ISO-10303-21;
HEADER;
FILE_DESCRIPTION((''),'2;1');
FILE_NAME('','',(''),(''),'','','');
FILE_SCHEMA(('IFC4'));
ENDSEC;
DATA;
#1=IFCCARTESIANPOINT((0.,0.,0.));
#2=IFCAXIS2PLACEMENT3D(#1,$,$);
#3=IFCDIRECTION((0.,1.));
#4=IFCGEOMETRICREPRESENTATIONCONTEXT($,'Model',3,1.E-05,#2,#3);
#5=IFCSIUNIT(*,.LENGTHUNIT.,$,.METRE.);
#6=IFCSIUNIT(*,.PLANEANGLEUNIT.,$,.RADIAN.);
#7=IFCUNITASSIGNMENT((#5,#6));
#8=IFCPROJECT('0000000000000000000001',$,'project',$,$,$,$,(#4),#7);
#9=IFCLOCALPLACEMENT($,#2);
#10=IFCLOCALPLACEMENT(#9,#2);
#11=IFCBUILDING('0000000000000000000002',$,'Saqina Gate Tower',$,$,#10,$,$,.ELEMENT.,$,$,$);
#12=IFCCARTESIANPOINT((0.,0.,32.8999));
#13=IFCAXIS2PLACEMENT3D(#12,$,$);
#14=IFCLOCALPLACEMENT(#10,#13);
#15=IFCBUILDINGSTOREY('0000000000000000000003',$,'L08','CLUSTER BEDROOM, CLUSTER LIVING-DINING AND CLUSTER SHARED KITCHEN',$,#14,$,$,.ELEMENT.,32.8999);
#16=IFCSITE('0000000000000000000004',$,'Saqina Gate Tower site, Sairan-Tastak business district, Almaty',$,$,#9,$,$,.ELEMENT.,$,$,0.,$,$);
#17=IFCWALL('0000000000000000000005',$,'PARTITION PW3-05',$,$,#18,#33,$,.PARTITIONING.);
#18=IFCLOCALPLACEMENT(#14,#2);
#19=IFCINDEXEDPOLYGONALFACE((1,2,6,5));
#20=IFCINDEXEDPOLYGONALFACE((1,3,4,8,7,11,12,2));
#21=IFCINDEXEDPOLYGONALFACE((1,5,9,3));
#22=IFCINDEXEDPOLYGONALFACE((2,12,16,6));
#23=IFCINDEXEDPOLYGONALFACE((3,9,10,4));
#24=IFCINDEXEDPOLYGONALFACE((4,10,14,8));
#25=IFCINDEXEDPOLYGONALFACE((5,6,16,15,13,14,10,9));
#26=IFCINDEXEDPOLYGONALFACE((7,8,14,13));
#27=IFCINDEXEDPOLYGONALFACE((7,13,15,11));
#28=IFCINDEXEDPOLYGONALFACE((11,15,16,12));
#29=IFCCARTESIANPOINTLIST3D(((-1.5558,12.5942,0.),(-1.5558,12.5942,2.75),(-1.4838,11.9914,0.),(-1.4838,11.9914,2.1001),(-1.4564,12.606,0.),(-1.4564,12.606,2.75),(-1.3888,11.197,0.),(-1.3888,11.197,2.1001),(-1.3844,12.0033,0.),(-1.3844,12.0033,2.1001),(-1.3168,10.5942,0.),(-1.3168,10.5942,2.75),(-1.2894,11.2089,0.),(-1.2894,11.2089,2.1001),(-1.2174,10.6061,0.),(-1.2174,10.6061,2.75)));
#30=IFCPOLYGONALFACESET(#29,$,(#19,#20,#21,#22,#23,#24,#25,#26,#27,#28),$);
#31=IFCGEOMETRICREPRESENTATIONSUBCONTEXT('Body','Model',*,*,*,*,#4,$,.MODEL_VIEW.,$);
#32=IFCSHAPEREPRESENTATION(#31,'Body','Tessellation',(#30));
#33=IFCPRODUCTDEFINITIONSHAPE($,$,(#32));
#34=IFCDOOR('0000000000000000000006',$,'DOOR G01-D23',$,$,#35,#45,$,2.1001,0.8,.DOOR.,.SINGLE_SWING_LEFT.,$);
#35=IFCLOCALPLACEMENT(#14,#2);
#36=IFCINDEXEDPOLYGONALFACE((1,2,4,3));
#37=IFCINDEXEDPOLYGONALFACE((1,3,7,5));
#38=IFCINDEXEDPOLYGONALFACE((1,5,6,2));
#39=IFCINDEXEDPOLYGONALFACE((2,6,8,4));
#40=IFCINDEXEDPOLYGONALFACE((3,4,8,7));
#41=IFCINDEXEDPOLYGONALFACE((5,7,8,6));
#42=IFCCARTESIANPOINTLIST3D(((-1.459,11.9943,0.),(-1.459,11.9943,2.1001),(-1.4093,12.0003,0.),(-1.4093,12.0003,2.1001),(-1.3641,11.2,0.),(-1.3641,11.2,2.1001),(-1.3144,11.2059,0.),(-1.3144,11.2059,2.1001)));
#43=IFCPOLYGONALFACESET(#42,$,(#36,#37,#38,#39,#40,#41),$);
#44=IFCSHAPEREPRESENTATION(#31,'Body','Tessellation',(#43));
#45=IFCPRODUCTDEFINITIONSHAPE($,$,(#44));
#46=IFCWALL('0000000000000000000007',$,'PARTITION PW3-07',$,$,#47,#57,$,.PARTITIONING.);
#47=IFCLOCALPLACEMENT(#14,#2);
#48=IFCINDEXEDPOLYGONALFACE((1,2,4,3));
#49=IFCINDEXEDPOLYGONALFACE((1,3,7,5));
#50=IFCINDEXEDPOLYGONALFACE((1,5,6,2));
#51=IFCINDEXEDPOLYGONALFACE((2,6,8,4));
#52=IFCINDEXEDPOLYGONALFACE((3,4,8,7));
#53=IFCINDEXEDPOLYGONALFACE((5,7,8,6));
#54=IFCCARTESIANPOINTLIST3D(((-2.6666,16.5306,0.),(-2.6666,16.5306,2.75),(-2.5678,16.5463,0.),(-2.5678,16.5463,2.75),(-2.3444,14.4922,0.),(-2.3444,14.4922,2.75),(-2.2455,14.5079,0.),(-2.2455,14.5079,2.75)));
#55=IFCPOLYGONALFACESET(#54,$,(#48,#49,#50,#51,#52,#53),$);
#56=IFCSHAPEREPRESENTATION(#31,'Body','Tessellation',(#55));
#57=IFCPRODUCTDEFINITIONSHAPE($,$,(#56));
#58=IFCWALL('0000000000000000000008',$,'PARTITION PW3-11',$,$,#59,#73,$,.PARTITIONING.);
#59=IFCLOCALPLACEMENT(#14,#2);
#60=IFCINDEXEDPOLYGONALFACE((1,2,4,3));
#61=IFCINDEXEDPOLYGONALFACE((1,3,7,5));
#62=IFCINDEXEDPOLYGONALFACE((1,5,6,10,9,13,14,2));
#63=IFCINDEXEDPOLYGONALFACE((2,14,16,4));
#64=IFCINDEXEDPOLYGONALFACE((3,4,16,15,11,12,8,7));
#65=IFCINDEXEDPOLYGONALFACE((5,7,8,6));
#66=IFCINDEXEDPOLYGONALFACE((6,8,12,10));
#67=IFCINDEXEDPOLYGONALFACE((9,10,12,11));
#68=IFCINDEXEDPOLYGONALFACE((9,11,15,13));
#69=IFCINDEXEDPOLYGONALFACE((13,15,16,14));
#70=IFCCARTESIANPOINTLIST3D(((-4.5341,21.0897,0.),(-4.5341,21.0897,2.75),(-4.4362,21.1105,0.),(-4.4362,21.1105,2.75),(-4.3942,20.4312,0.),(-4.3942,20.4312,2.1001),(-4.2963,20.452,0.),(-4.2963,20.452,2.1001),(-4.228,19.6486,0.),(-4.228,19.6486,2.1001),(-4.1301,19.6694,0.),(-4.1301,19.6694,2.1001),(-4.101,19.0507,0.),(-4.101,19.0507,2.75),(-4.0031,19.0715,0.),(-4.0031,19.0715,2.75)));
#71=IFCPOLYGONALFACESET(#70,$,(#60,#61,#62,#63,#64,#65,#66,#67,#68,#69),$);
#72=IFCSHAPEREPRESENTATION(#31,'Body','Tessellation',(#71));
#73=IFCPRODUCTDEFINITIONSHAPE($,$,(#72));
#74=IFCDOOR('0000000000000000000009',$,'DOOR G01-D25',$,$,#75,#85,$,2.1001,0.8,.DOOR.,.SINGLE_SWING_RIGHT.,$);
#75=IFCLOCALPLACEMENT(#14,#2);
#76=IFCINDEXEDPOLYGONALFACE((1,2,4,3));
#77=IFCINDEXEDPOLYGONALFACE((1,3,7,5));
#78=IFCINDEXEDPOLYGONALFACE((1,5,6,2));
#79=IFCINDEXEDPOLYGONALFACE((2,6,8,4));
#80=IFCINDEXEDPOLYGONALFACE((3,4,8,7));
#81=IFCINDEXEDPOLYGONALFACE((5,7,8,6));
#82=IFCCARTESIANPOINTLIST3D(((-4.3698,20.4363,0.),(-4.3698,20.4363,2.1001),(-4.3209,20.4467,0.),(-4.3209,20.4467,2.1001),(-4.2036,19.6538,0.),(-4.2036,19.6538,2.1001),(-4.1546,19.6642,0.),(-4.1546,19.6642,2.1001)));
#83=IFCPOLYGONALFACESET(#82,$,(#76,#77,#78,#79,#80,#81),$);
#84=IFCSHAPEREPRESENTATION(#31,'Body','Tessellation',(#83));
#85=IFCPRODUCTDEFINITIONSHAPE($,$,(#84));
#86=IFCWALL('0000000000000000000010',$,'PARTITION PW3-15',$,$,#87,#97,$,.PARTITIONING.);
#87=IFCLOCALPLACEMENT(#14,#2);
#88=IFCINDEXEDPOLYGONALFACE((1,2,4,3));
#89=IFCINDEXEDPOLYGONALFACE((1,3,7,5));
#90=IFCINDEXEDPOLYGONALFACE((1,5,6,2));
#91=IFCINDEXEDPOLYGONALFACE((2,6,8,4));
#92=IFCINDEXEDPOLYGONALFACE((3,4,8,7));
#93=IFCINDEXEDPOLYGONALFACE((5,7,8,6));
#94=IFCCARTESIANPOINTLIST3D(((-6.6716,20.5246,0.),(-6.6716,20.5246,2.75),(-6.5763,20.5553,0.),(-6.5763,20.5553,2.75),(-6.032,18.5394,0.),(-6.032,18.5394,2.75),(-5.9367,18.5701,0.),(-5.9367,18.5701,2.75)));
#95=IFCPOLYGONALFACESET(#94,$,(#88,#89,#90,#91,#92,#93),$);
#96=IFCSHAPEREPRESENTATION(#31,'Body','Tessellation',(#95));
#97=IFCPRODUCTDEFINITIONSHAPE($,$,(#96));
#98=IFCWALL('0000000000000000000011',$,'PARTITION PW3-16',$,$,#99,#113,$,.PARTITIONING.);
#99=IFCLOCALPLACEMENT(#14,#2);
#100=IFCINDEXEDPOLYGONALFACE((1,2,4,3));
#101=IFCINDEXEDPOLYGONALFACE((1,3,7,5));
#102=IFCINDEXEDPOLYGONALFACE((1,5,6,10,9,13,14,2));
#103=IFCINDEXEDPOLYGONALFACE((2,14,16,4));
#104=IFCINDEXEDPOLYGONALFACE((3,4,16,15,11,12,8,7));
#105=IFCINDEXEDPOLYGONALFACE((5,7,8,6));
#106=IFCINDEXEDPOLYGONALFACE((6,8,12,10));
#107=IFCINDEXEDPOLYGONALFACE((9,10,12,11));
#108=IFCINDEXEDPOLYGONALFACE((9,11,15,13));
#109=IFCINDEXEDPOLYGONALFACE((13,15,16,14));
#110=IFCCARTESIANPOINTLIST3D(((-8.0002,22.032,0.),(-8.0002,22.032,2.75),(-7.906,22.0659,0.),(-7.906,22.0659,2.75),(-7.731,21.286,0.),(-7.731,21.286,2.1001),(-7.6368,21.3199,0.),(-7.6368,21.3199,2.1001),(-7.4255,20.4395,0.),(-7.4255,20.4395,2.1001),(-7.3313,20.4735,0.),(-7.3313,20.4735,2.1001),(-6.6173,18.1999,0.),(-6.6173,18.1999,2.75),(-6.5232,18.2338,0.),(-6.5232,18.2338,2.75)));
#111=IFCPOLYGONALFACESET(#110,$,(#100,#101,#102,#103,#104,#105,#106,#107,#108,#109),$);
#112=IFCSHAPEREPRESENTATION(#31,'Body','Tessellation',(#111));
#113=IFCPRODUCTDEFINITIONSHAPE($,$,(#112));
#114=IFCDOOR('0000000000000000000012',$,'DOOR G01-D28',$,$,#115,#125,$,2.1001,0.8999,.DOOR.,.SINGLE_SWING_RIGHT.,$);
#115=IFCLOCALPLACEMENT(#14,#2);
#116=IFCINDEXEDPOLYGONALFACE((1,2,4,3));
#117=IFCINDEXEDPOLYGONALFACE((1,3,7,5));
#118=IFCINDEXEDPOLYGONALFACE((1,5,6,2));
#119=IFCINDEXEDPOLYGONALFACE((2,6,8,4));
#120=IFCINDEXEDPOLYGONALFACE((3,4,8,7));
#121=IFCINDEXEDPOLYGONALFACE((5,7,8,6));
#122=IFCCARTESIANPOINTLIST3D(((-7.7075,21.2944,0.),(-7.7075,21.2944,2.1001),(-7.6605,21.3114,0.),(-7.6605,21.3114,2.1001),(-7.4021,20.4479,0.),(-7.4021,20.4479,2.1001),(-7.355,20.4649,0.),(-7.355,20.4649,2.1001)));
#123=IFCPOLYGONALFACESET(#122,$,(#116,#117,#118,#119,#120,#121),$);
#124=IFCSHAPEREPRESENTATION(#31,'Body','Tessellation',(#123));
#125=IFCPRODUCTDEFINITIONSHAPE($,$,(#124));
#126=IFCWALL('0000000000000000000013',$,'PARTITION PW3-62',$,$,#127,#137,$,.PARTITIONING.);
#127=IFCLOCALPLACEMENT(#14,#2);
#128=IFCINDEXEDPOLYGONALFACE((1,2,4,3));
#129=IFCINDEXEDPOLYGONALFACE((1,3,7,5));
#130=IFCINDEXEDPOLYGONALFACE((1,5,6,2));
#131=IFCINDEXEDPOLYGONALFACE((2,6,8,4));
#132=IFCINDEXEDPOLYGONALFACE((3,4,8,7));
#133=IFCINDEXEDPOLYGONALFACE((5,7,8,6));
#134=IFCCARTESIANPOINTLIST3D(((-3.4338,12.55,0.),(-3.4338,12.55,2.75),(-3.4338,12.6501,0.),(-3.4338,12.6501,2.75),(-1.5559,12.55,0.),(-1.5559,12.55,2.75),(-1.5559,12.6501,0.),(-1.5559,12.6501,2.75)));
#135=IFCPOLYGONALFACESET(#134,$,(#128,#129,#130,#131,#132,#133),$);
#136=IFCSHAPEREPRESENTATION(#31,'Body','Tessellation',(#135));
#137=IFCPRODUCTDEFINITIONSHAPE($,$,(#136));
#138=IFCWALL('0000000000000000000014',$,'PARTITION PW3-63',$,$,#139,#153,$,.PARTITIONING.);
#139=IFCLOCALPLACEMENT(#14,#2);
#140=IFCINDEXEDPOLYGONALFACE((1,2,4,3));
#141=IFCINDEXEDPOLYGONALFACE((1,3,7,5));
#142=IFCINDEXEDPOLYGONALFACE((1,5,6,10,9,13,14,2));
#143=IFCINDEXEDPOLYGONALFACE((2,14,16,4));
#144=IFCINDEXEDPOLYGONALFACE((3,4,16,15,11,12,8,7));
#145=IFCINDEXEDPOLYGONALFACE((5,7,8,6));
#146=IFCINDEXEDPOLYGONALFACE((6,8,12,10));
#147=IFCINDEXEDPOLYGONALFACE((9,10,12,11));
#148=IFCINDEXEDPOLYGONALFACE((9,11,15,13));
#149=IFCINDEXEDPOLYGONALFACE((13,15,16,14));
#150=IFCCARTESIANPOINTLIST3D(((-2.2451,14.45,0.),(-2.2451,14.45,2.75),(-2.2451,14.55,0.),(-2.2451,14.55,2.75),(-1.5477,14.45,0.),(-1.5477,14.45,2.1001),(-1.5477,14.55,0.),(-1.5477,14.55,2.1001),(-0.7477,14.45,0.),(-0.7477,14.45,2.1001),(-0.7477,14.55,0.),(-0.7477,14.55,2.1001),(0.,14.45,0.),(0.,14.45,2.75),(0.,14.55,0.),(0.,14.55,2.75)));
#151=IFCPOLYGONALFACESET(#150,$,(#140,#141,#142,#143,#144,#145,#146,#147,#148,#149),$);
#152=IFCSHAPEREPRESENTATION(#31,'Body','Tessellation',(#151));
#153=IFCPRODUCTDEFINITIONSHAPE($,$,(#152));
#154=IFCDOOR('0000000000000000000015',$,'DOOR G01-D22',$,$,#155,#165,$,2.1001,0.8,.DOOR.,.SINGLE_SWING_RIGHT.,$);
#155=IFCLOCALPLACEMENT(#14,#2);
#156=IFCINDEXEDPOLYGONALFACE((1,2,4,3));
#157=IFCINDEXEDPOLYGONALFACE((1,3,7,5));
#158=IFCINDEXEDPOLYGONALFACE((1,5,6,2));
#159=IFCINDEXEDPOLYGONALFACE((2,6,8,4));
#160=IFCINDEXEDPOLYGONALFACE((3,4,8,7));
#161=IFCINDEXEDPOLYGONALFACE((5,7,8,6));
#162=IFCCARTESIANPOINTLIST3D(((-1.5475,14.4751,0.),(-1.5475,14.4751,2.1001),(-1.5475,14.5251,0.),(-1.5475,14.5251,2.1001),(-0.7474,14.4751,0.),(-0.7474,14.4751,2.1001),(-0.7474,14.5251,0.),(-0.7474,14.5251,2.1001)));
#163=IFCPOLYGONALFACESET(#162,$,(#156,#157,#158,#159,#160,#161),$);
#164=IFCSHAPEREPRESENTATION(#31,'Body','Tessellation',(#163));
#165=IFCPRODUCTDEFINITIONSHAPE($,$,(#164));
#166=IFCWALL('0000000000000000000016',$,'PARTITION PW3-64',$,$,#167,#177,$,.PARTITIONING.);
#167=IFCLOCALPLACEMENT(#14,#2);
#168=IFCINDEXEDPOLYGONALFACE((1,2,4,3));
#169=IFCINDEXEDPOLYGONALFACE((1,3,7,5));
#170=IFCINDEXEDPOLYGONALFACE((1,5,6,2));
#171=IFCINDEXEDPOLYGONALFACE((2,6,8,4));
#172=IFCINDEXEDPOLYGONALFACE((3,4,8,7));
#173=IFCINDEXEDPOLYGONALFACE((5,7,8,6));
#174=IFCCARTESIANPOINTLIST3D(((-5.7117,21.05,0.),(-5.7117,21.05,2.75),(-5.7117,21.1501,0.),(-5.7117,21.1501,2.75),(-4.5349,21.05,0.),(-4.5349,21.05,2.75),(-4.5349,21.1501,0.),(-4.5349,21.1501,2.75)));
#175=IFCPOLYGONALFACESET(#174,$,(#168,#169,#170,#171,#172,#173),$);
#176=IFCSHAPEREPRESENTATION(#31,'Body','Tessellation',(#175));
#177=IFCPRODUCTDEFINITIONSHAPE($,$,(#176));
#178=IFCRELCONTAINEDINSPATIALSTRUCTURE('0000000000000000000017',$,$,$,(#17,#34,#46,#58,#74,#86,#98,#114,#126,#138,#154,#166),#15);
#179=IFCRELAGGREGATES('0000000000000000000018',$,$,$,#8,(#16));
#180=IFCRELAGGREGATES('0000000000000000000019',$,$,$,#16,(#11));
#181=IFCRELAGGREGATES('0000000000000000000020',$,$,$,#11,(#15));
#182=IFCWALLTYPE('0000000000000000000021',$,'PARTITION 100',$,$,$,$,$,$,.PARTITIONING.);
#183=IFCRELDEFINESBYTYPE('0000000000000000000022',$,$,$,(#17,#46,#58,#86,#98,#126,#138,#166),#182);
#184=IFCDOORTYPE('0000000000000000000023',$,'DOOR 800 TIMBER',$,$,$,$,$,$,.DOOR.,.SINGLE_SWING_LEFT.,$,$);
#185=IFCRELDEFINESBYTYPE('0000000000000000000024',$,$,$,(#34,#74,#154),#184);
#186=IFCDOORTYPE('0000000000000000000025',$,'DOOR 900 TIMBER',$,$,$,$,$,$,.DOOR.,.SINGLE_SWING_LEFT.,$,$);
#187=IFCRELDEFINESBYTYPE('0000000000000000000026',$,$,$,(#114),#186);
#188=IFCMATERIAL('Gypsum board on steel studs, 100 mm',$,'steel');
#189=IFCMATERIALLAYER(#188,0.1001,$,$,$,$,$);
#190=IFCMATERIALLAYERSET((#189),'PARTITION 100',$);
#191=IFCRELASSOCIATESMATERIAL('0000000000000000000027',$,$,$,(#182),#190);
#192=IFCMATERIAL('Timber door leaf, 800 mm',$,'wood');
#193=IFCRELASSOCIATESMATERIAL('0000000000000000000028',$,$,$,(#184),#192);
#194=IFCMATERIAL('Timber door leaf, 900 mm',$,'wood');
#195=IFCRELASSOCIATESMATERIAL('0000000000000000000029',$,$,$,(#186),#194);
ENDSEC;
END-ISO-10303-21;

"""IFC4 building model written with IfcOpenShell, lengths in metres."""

from ifc_helpers import new_model, si_unit, direction, frame, frame_2d, origin, place, context, subcontext, project, spatial, rectangle, extrude, material, layer, layer_set, type_object, element, fill, save


model = new_model("IFC4")

# Units and contexts
model_context = context("Model", 3, precision=1e-05, world=origin(), true_north=direction((0.0, 1.0)))
body_context = subcontext(model_context, "Body", "Model", "MODEL_VIEW")
ifc_project = project(units=[si_unit("LENGTHUNIT", "METRE"), si_unit("PLANEANGLEUNIT", "RADIAN")], contexts=[model_context])

# Site, building, storey
site_placement = place(None, origin())
site = spatial("IfcSite", under=ifc_project, at=site_placement, Name="Saqina Gate Tower site, Sairan-Tastak business district, Almaty", CompositionType="ELEMENT", RefElevation=0.0)
building_placement = place(site_placement, origin())
building = spatial("IfcBuilding", under=site, at=building_placement, Name="Saqina Gate Tower", CompositionType="ELEMENT")
storey_placement = place(building_placement, frame((0.0, 0.0, 32.8999)))
storey = spatial("IfcBuildingStorey", under=building, at=storey_placement, Name="L08", Description="CLUSTER BEDROOM, CLUSTER LIVING-DINING AND CLUSTER SHARED KITCHEN", CompositionType="ELEMENT", Elevation=32.8999)

# Wall, opening, door
ifc_material_1 = material(Name="Gypsum board on steel studs, 100 mm", Category="steel")
ifc_layer_1 = layer(ifc_material_1, 0.1001)
ifc_layer_set_1 = layer_set([ifc_layer_1], Name="PARTITION 100")
wall_type_1 = type_object("IfcWallType", Name="PARTITION 100", PredefinedType="PARTITIONING", material=ifc_layer_set_1)
wall_1_placement = place(storey_placement, frame((-1.5061, 12.6001, 0.0), z_axis=(0.0, 0.0, 1.0), x_axis=(0.118662, -0.992935, 0.0)))
wall_1 = element("IfcWall", 1, at=wall_1_placement, inside=storey, type_object=wall_type_1, Name="PARTITION PW3-05", PredefinedType="PARTITIONING", context=body_context, shape_type="SweptSolid", body=[
    extrude(rectangle(XDim=2.0142, YDim=0.1001, at=frame_2d((1.0071, 0.0))), origin(), (0.0, 0.0, 1.0), 2.75),
])
opening_1_placement = place(wall_1_placement, frame((0.6072, 0.0, 0.0)))
opening_1 = element("IfcOpeningElement", 2, at=opening_1_placement, cuts=wall_1, PredefinedType="OPENING", context=body_context, shape_type="SweptSolid", body=[
    extrude(rectangle(XDim=0.8, YDim=2.1001, at=frame_2d((0.3999, 1.05))), frame((0.0, 0.062, 0.0), z_axis=(0.0, -1.0, 0.0), x_axis=(1.0, 0.0, 0.0)), (0.0, 0.0, 1.0), 0.124),
])
ifc_material_2 = material(Name="Timber door leaf, 800 mm", Category="wood")
door_type_1 = type_object("IfcDoorType", Name="DOOR 800 TIMBER", OperationType="SINGLE_SWING_LEFT", PredefinedType="DOOR", material=ifc_material_2)
door_1_placement = place(opening_1_placement, origin())
door_1 = element("IfcDoor", 3, at=door_1_placement, inside=storey, type_object=door_type_1, Name="DOOR G01-D23", OperationType="SINGLE_SWING_LEFT", OverallHeight=2.1001, OverallWidth=0.8, PredefinedType="DOOR", context=body_context, shape_type="SweptSolid", body=[
    extrude(rectangle(XDim=0.8, YDim=2.1001, at=frame_2d((0.3999, 1.05))), frame((0.0, 0.0249, 0.0), z_axis=(0.0, -1.0, 0.0), x_axis=(1.0, 0.0, 0.0)), (0.0, 0.0, 1.0), 0.05),
])
fill(opening_1, door_1)

# Wall
wall_2_placement = place(storey_placement, frame((-2.6172, 16.5383, 0.0), z_axis=(0.0, 0.0, 1.0), x_axis=(0.156163, -0.987731, 0.0)))
element("IfcWall", 4, at=wall_2_placement, inside=storey, type_object=wall_type_1, Name="PARTITION PW3-07", PredefinedType="PARTITIONING", context=body_context, shape_type="SweptSolid", body=[
    extrude(rectangle(XDim=2.0637, YDim=0.1001, at=frame_2d((1.0317, 0.0))), origin(), (0.0, 0.0, 1.0), 2.75),
])

# Wall, opening, door
wall_3_placement = place(storey_placement, frame((-4.4851, 21.1001, 0.0), z_axis=(0.0, 0.0, 1.0), x_axis=(0.207769, -0.978178, 0.0)))
wall_3 = element("IfcWall", 5, at=wall_3_placement, inside=storey, type_object=wall_type_1, Name="PARTITION PW3-11", PredefinedType="PARTITIONING", context=body_context, shape_type="SweptSolid", body=[
    extrude(rectangle(XDim=2.0845, YDim=0.1001, at=frame_2d((1.0422, 0.0))), origin(), (0.0, 0.0, 1.0), 2.75),
])
opening_2_placement = place(wall_3_placement, frame((0.6733, 0.0, 0.0)))
opening_2 = element("IfcOpeningElement", 6, at=opening_2_placement, cuts=wall_3, PredefinedType="OPENING", context=body_context, shape_type="SweptSolid", body=[
    extrude(rectangle(XDim=0.8, YDim=2.1001, at=frame_2d((0.3999, 1.05))), frame((0.0, 0.062, 0.0), z_axis=(0.0, -1.0, 0.0), x_axis=(1.0, 0.0, 0.0)), (0.0, 0.0, 1.0), 0.124),
])
door_2_placement = place(opening_2_placement, origin())
door_2 = element("IfcDoor", 7, at=door_2_placement, inside=storey, type_object=door_type_1, Name="DOOR G01-D25", OperationType="SINGLE_SWING_RIGHT", OverallHeight=2.1001, OverallWidth=0.8, PredefinedType="DOOR", context=body_context, shape_type="SweptSolid", body=[
    extrude(rectangle(XDim=0.8, YDim=2.1001, at=frame_2d((0.3999, 1.05))), frame((0.0, 0.0249, 0.0), z_axis=(0.0, -1.0, 0.0), x_axis=(1.0, 0.0, 0.0)), (0.0, 0.0, 1.0), 0.05),
])
fill(opening_2, door_2)

# Wall
wall_4_placement = place(storey_placement, frame((-6.624, 20.54, 0.0), z_axis=(0.0, 0.0, 1.0), x_axis=(0.306695, -0.951808, 0.0)))
element("IfcWall", 8, at=wall_4_placement, inside=storey, type_object=wall_type_1, Name="PARTITION PW3-15", PredefinedType="PARTITIONING", context=body_context, shape_type="SweptSolid", body=[
    extrude(rectangle(XDim=2.0857, YDim=0.1001, at=frame_2d((1.043, 0.0))), origin(), (0.0, 0.0, 1.0), 2.75),
])

# Wall, opening, door
wall_5_placement = place(storey_placement, frame((-7.9531, 22.0491, 0.0), z_axis=(0.0, 0.0, 1.0), x_axis=(0.339432, -0.94063, 0.0)))
wall_5 = element("IfcWall", 9, at=wall_5_placement, inside=storey, type_object=wall_type_1, Name="PARTITION PW3-16", PredefinedType="PARTITIONING", context=body_context, shape_type="SweptSolid", body=[
    extrude(rectangle(XDim=4.074, YDim=0.1001, at=frame_2d((2.0371, 0.0))), origin(), (0.0, 0.0, 1.0), 2.75),
])
opening_3_placement = place(wall_5_placement, frame((0.7932, 0.0, 0.0)))
opening_3 = element("IfcOpeningElement", 10, at=opening_3_placement, cuts=wall_5, PredefinedType="OPENING", context=body_context, shape_type="SweptSolid", body=[
    extrude(rectangle(XDim=0.8999, YDim=2.1001, at=frame_2d((0.45, 1.05))), frame((0.0, 0.062, 0.0), z_axis=(0.0, -1.0, 0.0), x_axis=(1.0, 0.0, 0.0)), (0.0, 0.0, 1.0), 0.124),
])
ifc_material_3 = material(Name="Timber door leaf, 900 mm", Category="wood")
door_type_2 = type_object("IfcDoorType", Name="DOOR 900 TIMBER", OperationType="SINGLE_SWING_LEFT", PredefinedType="DOOR", material=ifc_material_3)
door_3_placement = place(opening_3_placement, origin())
door_3 = element("IfcDoor", 11, at=door_3_placement, inside=storey, type_object=door_type_2, Name="DOOR G01-D28", OperationType="SINGLE_SWING_RIGHT", OverallHeight=2.1001, OverallWidth=0.8999, PredefinedType="DOOR", context=body_context, shape_type="SweptSolid", body=[
    extrude(rectangle(XDim=0.8999, YDim=2.1001, at=frame_2d((0.45, 1.05))), frame((0.0, 0.0249, 0.0), z_axis=(0.0, -1.0, 0.0), x_axis=(1.0, 0.0, 0.0)), (0.0, 0.0, 1.0), 0.05),
])
fill(opening_3, door_3)

# Wall
wall_6_placement = place(storey_placement, frame((-3.4338, 12.6001, 0.0), z_axis=(0.0, 0.0, 1.0), x_axis=(1.0, 0.0, 0.0)))
element("IfcWall", 12, at=wall_6_placement, inside=storey, type_object=wall_type_1, Name="PARTITION PW3-62", PredefinedType="PARTITIONING", context=body_context, shape_type="SweptSolid", body=[
    extrude(rectangle(XDim=1.8779, YDim=0.1001, at=frame_2d((0.939, 0.0))), origin(), (0.0, 0.0, 1.0), 2.75),
])

# Wall, opening, door
wall_7_placement = place(storey_placement, frame((-2.2451, 14.5, 0.0), z_axis=(0.0, 0.0, 1.0), x_axis=(1.0, 0.0, 0.0)))
wall_7 = element("IfcWall", 13, at=wall_7_placement, inside=storey, type_object=wall_type_1, Name="PARTITION PW3-63", PredefinedType="PARTITIONING", context=body_context, shape_type="SweptSolid", body=[
    extrude(rectangle(XDim=2.2451, YDim=0.1001, at=frame_2d((1.1226, 0.0))), origin(), (0.0, 0.0, 1.0), 2.75),
])
opening_4_placement = place(wall_7_placement, frame((0.6975, 0.0, 0.0)))
opening_4 = element("IfcOpeningElement", 14, at=opening_4_placement, cuts=wall_7, PredefinedType="OPENING", context=body_context, shape_type="SweptSolid", body=[
    extrude(rectangle(XDim=0.8, YDim=2.1001, at=frame_2d((0.3999, 1.05))), frame((0.0, 0.062, 0.0), z_axis=(0.0, -1.0, 0.0), x_axis=(1.0, 0.0, 0.0)), (0.0, 0.0, 1.0), 0.124),
])
door_4_placement = place(opening_4_placement, frame((0.8, 0.0, 0.0), z_axis=(0.0, 0.0, 1.0), x_axis=(-1.0, 0.0, 0.0)))
door_4 = element("IfcDoor", 15, at=door_4_placement, inside=storey, type_object=door_type_1, Name="DOOR G01-D22", OperationType="SINGLE_SWING_RIGHT", OverallHeight=2.1001, OverallWidth=0.8, PredefinedType="DOOR", context=body_context, shape_type="SweptSolid", body=[
    extrude(rectangle(XDim=0.8, YDim=2.1001, at=frame_2d((0.3999, 1.05))), frame((0.0, 0.0249, 0.0), z_axis=(0.0, -1.0, 0.0), x_axis=(1.0, 0.0, 0.0)), (0.0, 0.0, 1.0), 0.05),
])
fill(opening_4, door_4)

# Wall
wall_8_placement = place(storey_placement, frame((-5.7117, 21.1001, 0.0), z_axis=(0.0, 0.0, 1.0), x_axis=(1.0, 0.0, 0.0)))
element("IfcWall", 16, at=wall_8_placement, inside=storey, type_object=wall_type_1, Name="PARTITION PW3-64", PredefinedType="PARTITIONING", context=body_context, shape_type="SweptSolid", body=[
    extrude(rectangle(XDim=1.1768, YDim=0.1001, at=frame_2d((0.5884, 0.0))), origin(), (0.0, 0.0, 1.0), 2.75),
])

save(model, "model.ifc")
